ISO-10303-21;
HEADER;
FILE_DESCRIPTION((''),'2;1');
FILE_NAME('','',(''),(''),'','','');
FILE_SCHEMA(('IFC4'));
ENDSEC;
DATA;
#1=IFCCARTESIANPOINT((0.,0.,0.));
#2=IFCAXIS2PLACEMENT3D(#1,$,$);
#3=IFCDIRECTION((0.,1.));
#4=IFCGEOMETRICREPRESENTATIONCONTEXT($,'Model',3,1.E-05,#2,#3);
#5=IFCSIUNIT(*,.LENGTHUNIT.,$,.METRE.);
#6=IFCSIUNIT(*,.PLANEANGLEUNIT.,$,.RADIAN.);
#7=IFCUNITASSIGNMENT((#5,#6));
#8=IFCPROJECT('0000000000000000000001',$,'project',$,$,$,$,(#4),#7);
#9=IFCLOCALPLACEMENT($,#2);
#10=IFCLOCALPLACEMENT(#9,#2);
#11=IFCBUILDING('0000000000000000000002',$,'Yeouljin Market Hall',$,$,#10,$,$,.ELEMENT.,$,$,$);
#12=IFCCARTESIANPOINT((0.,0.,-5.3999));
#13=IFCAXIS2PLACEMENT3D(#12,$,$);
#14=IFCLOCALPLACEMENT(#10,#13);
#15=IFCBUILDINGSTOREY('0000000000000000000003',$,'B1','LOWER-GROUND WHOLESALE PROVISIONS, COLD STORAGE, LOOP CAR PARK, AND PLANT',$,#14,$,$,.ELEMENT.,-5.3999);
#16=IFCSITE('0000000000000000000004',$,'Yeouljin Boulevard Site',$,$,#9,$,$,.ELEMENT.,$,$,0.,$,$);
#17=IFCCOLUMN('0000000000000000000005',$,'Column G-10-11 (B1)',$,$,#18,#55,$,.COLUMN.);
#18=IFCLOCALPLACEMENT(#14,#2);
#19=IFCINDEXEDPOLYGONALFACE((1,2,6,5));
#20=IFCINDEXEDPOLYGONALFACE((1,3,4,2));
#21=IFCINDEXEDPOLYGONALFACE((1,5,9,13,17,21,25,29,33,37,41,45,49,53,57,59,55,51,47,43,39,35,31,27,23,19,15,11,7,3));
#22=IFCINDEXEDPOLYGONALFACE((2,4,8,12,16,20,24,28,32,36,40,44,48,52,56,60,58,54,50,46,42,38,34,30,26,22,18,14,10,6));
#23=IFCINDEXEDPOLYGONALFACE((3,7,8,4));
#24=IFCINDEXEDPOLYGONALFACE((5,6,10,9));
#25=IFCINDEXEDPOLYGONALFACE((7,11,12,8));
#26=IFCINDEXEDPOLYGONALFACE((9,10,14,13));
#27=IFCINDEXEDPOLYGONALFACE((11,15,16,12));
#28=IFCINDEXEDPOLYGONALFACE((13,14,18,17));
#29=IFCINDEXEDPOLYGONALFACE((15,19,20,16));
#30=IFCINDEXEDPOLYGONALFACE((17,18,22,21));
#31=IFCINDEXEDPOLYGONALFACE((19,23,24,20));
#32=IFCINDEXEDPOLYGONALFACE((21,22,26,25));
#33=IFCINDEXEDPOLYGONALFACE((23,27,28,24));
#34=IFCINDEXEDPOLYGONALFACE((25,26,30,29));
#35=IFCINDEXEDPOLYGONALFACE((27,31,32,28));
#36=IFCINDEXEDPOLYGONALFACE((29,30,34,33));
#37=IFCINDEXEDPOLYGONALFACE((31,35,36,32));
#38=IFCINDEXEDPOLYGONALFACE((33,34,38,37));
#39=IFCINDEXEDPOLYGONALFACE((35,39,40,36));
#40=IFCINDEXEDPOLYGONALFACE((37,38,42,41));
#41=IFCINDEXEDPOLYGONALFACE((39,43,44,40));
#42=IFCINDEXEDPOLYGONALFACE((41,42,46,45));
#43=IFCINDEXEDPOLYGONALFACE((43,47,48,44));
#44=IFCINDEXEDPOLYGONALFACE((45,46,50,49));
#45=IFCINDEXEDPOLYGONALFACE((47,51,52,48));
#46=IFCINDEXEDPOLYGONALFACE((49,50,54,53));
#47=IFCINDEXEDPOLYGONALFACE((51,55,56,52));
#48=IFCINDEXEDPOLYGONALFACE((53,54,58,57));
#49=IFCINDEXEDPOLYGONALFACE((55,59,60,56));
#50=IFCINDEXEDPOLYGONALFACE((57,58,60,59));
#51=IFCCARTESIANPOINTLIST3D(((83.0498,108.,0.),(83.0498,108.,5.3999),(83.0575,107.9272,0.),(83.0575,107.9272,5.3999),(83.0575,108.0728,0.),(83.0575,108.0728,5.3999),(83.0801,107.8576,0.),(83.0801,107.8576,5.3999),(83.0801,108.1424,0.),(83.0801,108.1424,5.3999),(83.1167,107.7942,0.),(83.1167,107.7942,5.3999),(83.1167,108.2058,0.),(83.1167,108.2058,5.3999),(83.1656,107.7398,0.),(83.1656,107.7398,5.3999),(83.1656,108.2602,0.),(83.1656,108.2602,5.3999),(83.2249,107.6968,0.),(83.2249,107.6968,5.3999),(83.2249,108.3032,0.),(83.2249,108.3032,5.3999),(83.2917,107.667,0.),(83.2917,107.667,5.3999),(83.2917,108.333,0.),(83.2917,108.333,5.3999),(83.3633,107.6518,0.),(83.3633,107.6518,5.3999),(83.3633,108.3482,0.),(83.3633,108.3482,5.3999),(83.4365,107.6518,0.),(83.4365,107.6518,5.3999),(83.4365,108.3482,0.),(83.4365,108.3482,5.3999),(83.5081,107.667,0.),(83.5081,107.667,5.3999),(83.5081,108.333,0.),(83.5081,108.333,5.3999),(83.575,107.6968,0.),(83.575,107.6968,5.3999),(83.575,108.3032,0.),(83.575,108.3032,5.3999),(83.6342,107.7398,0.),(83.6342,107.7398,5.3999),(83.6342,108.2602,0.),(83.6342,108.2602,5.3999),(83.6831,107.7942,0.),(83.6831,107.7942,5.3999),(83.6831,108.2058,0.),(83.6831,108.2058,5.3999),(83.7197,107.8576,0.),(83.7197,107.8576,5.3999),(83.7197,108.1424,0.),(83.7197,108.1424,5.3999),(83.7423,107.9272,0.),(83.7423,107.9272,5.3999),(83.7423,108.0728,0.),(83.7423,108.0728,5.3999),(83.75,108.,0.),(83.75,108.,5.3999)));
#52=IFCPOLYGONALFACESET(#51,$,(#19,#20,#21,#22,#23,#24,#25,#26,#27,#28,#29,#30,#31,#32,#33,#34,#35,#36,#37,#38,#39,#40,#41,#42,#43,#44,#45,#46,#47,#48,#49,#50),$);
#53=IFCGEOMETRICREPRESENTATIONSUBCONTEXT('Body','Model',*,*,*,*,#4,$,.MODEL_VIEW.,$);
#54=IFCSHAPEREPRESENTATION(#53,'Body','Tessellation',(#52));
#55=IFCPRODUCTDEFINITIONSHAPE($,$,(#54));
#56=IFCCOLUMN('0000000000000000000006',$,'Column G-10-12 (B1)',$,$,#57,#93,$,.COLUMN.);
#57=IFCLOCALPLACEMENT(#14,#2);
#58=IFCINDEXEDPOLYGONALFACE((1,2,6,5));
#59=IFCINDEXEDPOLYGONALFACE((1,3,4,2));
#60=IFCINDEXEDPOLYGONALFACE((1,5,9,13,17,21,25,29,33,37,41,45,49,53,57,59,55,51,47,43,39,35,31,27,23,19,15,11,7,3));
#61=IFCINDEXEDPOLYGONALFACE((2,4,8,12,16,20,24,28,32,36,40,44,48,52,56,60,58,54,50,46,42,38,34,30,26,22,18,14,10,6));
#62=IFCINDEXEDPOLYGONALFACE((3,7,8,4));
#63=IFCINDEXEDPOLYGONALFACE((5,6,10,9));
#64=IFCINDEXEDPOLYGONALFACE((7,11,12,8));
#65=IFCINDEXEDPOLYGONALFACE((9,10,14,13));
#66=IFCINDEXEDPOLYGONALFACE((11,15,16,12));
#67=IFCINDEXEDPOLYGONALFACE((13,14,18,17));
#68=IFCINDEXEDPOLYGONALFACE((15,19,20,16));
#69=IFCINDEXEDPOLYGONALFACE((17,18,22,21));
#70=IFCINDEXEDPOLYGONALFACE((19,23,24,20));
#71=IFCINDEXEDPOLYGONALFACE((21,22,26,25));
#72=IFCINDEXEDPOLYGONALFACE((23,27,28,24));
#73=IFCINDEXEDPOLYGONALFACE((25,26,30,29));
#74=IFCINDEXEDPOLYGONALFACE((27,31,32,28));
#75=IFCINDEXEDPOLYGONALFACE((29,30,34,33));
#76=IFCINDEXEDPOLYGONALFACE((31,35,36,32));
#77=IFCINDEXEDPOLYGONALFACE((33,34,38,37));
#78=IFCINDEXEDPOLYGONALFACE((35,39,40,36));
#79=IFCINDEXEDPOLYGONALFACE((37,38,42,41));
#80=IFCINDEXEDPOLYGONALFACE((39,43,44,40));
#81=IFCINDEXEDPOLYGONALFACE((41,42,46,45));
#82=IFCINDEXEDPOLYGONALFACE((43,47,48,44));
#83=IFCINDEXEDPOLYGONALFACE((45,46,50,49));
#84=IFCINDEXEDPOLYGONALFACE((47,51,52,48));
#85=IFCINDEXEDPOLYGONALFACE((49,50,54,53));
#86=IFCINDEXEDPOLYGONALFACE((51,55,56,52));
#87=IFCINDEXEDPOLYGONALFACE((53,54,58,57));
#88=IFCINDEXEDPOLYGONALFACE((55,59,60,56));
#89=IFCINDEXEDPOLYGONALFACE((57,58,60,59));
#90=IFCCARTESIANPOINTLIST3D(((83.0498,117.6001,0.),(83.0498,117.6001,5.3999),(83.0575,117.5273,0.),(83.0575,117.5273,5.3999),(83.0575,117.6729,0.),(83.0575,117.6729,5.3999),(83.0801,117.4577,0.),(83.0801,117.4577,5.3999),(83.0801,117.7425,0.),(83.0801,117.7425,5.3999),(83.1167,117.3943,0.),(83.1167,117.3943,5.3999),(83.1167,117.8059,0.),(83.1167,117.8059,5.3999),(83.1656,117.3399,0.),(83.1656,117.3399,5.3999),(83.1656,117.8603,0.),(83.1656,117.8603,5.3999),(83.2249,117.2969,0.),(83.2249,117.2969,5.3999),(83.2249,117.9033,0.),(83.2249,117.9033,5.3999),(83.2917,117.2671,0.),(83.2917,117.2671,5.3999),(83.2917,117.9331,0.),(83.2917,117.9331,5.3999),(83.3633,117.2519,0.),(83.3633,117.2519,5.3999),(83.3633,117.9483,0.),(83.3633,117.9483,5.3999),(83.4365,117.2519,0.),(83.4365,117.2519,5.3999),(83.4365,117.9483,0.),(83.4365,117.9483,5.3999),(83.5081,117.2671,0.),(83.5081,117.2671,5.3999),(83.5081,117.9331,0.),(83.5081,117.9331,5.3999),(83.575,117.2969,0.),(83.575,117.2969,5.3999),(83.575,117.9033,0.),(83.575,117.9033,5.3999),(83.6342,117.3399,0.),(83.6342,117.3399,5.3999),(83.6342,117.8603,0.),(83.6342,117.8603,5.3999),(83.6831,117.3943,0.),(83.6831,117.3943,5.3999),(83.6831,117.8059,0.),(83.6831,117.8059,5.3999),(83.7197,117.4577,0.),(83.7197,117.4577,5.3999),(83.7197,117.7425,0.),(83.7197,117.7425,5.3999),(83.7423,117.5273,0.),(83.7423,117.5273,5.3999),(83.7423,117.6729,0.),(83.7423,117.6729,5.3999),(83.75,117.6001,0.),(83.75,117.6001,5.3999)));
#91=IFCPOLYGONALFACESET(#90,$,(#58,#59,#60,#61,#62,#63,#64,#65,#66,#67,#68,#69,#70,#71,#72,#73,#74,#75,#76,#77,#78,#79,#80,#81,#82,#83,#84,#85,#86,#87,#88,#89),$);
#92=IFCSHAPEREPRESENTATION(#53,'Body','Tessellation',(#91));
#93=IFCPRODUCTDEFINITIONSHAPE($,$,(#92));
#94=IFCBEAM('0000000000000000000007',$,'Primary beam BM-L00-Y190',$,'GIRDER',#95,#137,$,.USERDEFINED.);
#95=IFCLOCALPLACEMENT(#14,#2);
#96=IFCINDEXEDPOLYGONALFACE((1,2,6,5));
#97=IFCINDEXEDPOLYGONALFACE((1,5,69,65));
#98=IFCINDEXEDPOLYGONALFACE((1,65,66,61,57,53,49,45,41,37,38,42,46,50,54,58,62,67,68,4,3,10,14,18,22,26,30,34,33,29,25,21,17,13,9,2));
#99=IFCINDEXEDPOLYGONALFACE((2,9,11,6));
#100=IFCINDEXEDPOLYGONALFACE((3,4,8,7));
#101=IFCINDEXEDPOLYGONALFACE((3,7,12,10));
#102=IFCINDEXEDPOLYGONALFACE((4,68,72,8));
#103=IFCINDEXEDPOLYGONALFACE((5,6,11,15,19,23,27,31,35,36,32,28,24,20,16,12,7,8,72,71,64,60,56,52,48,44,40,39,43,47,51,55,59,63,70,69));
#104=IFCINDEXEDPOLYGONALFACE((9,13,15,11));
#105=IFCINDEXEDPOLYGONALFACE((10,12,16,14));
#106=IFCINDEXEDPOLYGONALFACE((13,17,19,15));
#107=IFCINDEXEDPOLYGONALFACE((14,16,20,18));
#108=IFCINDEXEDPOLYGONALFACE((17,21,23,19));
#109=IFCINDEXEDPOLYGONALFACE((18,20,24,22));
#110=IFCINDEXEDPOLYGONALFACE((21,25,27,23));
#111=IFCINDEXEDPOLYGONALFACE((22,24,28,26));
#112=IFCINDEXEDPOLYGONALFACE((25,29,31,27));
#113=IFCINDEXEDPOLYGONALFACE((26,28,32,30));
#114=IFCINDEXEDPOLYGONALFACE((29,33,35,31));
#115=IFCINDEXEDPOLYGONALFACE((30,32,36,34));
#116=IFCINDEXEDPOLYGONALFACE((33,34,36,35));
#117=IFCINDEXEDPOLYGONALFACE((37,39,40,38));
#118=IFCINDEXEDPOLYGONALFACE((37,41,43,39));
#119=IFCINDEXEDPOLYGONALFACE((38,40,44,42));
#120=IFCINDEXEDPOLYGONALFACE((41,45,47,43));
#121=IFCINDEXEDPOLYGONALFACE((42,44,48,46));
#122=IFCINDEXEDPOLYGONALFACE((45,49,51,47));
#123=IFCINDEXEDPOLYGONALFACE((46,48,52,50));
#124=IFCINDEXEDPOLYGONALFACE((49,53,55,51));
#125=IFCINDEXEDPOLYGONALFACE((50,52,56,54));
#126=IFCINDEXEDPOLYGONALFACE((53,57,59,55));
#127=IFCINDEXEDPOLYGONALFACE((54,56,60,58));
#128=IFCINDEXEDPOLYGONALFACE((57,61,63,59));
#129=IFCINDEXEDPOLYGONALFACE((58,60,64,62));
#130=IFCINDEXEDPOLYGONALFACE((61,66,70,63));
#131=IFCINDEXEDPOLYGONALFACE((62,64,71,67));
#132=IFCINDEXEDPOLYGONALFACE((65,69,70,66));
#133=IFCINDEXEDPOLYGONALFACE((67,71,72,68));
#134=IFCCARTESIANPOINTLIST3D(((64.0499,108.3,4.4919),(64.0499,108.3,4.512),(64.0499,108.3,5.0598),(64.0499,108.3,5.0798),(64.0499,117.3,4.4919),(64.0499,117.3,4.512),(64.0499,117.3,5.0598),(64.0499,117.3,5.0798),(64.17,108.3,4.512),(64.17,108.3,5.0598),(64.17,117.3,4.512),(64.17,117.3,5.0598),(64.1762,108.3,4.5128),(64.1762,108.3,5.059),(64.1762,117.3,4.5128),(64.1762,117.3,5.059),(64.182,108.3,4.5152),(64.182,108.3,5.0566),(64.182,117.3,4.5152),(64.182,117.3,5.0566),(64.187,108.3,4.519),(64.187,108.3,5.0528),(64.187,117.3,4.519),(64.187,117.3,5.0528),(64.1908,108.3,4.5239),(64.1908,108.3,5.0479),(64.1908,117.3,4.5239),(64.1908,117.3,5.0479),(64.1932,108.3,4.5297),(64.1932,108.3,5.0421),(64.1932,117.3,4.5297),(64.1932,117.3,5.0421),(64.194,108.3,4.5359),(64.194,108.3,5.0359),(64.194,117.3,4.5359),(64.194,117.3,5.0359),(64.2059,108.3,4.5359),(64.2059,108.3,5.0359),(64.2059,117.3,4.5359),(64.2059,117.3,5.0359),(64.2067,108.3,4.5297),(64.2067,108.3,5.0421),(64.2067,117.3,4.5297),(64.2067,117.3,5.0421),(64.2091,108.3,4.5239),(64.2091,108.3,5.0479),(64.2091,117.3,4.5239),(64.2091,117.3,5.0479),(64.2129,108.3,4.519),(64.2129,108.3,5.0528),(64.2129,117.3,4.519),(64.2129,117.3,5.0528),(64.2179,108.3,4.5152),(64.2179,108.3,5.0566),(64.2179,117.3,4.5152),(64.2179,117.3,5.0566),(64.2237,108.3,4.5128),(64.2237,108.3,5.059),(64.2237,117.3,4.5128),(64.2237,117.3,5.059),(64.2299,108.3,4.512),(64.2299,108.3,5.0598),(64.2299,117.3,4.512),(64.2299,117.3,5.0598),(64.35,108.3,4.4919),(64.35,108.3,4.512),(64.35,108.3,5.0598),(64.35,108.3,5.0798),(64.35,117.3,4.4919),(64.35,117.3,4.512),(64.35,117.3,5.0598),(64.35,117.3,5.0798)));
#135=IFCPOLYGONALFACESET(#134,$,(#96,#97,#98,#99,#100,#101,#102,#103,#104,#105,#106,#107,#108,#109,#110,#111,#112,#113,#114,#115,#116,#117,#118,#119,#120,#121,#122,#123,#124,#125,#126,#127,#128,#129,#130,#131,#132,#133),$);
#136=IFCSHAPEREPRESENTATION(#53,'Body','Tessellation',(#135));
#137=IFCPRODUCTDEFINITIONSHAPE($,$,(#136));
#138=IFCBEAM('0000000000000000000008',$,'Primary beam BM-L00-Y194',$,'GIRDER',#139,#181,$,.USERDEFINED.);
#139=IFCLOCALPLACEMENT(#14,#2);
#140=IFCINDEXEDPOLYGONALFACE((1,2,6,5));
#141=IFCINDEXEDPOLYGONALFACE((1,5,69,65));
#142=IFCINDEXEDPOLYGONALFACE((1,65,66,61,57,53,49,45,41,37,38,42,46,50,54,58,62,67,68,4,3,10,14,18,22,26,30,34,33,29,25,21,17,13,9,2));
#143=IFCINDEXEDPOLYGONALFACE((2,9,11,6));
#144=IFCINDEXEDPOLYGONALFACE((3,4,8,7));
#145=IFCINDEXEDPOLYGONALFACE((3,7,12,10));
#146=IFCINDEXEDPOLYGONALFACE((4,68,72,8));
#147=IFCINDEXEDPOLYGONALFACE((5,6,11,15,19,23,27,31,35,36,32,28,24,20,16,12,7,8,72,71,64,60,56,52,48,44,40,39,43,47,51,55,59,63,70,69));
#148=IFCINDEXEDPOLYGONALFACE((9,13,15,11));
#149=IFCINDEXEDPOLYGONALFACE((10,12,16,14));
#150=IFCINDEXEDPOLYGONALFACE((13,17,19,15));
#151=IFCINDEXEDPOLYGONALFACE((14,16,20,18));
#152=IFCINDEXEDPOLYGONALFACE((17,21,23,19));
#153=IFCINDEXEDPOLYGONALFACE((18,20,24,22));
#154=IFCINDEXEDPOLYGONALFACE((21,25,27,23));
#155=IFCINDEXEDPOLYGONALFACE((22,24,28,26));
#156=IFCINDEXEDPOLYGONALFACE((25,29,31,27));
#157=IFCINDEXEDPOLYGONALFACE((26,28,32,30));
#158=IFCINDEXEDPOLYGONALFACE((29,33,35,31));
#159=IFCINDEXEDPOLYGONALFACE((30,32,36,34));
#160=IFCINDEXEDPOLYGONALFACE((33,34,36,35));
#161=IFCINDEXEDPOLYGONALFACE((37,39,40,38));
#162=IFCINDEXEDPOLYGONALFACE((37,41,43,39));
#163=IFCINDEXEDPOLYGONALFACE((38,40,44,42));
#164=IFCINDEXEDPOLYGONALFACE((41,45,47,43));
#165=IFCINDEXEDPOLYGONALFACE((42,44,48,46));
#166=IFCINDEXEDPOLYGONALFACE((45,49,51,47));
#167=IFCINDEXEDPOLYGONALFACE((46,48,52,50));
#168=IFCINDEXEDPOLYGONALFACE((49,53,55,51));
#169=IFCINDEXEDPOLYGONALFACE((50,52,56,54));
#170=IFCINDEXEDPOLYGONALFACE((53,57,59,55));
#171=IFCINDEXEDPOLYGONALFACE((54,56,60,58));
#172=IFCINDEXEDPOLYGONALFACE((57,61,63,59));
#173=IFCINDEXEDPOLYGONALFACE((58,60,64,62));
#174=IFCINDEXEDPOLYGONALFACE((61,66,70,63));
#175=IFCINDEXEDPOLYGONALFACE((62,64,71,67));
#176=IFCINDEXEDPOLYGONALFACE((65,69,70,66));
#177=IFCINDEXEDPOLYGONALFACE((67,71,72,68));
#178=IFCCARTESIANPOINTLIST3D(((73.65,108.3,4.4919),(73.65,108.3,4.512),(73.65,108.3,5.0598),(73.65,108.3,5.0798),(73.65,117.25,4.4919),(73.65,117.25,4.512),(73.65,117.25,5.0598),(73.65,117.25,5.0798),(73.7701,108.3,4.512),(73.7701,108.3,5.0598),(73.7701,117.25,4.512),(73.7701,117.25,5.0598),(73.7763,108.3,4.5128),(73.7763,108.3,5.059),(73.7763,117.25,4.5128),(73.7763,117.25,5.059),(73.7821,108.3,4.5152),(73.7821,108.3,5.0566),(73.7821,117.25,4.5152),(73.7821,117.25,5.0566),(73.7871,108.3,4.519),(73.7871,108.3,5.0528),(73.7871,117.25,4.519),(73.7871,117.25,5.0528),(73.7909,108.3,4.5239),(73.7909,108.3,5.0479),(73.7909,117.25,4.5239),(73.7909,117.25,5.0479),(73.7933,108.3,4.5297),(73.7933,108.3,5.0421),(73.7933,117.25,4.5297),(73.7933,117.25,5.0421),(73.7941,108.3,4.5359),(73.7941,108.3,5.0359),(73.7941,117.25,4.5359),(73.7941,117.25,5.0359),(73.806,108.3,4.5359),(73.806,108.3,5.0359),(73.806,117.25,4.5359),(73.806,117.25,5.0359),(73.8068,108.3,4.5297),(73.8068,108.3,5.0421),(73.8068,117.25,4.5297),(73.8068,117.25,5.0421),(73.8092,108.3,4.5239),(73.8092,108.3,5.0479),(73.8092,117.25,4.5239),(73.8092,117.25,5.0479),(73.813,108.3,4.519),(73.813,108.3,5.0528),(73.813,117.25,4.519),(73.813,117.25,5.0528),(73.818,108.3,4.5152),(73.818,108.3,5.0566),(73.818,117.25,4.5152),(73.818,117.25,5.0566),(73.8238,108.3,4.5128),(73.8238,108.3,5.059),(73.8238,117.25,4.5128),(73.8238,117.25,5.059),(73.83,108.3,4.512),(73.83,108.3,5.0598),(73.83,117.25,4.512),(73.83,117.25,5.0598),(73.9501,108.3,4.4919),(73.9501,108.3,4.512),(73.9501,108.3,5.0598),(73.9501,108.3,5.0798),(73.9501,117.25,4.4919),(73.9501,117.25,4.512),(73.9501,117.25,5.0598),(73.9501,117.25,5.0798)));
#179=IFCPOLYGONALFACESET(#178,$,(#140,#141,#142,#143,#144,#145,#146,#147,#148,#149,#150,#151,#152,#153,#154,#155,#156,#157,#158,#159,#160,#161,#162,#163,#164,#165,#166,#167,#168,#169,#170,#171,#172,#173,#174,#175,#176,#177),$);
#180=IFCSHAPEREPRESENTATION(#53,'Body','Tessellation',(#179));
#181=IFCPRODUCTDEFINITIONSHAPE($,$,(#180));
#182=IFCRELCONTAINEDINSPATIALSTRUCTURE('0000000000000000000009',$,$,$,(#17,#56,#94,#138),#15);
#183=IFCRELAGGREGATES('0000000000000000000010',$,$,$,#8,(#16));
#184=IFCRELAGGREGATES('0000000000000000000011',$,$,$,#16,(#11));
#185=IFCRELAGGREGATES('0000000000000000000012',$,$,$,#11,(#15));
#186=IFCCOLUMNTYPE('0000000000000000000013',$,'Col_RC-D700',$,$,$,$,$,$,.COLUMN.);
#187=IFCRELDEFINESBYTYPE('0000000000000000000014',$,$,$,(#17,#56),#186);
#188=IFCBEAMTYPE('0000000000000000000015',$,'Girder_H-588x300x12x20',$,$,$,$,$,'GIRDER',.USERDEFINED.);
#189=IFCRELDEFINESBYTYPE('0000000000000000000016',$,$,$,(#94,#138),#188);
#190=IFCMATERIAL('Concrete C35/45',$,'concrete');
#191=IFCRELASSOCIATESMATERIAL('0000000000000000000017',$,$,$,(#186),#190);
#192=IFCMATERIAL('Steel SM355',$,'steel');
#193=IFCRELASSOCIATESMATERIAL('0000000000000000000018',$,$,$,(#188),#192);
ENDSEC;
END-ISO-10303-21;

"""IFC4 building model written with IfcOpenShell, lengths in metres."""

from ifc_helpers import new_model, si_unit, direction, frame, origin, origin_2d, place, context, subcontext, project, spatial, circle, i_section, extrude, material, material_profile, profile_set, type_object, element, save


model = new_model("IFC4")

# Units and contexts
model_context = context("Model", 3, precision=1e-05, world=origin(), true_north=direction((0.0, 1.0)))
body_context = subcontext(model_context, "Body", "Model", "MODEL_VIEW")
ifc_project = project(units=[si_unit("LENGTHUNIT", "METRE"), si_unit("PLANEANGLEUNIT", "RADIAN")], contexts=[model_context])

# Site, building, storey
site_placement = place(None, origin())
site = spatial("IfcSite", under=ifc_project, at=site_placement, Name="Yeouljin Boulevard Site", CompositionType="ELEMENT", RefElevation=0.0)
building_placement = place(site_placement, origin())
building = spatial("IfcBuilding", under=site, at=building_placement, Name="Yeouljin Market Hall", CompositionType="ELEMENT")
storey_placement = place(building_placement, frame((0.0, 0.0, -5.3999)))
storey = spatial("IfcBuildingStorey", under=building, at=storey_placement, Name="B1", Description="LOWER-GROUND WHOLESALE PROVISIONS, COLD STORAGE, LOOP CAR PARK, AND PLANT", CompositionType="ELEMENT", Elevation=-5.3999)

# Columns
ifc_material_1 = material(Name="Concrete C35/45", Category="concrete")
ifc_material_profile_1 = material_profile(ifc_material_1, circle(Radius=0.3501, at=origin_2d()), Name="RC-D700")
ifc_profile_set_1 = profile_set([ifc_material_profile_1], Name="Concrete C35/45")
column_type_1 = type_object("IfcColumnType", Name="Col_RC-D700", PredefinedType="COLUMN", material=ifc_profile_set_1)
for number, where, z_axis, x_axis, name in (
    (1, (83.3999, 108.0, 0.0), (0.0, 0.0, 1.0), (1.0, 0.0, 0.0), "Column G-10-11 (B1)"),
    (2, (83.3999, 117.6001, 0.0), (0.0, 0.0, 1.0), (1.0, 0.0, 0.0), "Column G-10-12 (B1)"),
):
    element("IfcColumn", number, at=place(storey_placement, frame(where, z_axis=z_axis, x_axis=x_axis)), inside=storey, type_object=column_type_1, Name=name, PredefinedType="COLUMN", context=body_context, shape_type="SweptSolid", body=[
        extrude(circle(Radius=0.3501, at=origin_2d()), origin(), (0.0, 0.0, 1.0), 5.3999),
    ])

# Beams
ifc_material_2 = material(Name="Steel SM355", Category="steel")
ifc_material_profile_2 = material_profile(ifc_material_2, i_section(OverallWidth=0.3, OverallDepth=0.5879, WebThickness=0.012, FlangeThickness=0.02, FilletRadius=0.0239, at=origin_2d()), Name="H-588x300x12x20")
ifc_profile_set_2 = profile_set([ifc_material_profile_2], Name="Steel SM355")
beam_type_1 = type_object("IfcBeamType", Name="Girder_H-588x300x12x20", ElementType="GIRDER", PredefinedType="USERDEFINED", material=ifc_profile_set_2)
beam_1_placement = place(storey_placement, frame((64.2, 108.3, 4.7859), z_axis=(0.0, 1.0, 0.0), x_axis=(-1.0, 0.0, 0.0)))
element("IfcBeam", 3, at=beam_1_placement, inside=storey, type_object=beam_type_1, Name="Primary beam BM-L00-Y190", ObjectType="GIRDER", PredefinedType="USERDEFINED", context=body_context, shape_type="SweptSolid", body=[
    extrude(i_section(OverallWidth=0.3, OverallDepth=0.5879, WebThickness=0.012, FlangeThickness=0.02, FilletRadius=0.0239, at=origin_2d()), origin(), (0.0, 0.0, 1.0), 9.0),
])
beam_2_placement = place(storey_placement, frame((73.8, 108.3, 4.7859), z_axis=(0.0, 1.0, 0.0), x_axis=(-1.0, 0.0, 0.0)))
element("IfcBeam", 4, at=beam_2_placement, inside=storey, type_object=beam_type_1, Name="Primary beam BM-L00-Y194", ObjectType="GIRDER", PredefinedType="USERDEFINED", context=body_context, shape_type="SweptSolid", body=[
    extrude(i_section(OverallWidth=0.3, OverallDepth=0.5879, WebThickness=0.012, FlangeThickness=0.02, FilletRadius=0.0239, at=origin_2d()), origin(), (0.0, 0.0, 1.0), 8.95),
])

save(model, "model.ifc")
